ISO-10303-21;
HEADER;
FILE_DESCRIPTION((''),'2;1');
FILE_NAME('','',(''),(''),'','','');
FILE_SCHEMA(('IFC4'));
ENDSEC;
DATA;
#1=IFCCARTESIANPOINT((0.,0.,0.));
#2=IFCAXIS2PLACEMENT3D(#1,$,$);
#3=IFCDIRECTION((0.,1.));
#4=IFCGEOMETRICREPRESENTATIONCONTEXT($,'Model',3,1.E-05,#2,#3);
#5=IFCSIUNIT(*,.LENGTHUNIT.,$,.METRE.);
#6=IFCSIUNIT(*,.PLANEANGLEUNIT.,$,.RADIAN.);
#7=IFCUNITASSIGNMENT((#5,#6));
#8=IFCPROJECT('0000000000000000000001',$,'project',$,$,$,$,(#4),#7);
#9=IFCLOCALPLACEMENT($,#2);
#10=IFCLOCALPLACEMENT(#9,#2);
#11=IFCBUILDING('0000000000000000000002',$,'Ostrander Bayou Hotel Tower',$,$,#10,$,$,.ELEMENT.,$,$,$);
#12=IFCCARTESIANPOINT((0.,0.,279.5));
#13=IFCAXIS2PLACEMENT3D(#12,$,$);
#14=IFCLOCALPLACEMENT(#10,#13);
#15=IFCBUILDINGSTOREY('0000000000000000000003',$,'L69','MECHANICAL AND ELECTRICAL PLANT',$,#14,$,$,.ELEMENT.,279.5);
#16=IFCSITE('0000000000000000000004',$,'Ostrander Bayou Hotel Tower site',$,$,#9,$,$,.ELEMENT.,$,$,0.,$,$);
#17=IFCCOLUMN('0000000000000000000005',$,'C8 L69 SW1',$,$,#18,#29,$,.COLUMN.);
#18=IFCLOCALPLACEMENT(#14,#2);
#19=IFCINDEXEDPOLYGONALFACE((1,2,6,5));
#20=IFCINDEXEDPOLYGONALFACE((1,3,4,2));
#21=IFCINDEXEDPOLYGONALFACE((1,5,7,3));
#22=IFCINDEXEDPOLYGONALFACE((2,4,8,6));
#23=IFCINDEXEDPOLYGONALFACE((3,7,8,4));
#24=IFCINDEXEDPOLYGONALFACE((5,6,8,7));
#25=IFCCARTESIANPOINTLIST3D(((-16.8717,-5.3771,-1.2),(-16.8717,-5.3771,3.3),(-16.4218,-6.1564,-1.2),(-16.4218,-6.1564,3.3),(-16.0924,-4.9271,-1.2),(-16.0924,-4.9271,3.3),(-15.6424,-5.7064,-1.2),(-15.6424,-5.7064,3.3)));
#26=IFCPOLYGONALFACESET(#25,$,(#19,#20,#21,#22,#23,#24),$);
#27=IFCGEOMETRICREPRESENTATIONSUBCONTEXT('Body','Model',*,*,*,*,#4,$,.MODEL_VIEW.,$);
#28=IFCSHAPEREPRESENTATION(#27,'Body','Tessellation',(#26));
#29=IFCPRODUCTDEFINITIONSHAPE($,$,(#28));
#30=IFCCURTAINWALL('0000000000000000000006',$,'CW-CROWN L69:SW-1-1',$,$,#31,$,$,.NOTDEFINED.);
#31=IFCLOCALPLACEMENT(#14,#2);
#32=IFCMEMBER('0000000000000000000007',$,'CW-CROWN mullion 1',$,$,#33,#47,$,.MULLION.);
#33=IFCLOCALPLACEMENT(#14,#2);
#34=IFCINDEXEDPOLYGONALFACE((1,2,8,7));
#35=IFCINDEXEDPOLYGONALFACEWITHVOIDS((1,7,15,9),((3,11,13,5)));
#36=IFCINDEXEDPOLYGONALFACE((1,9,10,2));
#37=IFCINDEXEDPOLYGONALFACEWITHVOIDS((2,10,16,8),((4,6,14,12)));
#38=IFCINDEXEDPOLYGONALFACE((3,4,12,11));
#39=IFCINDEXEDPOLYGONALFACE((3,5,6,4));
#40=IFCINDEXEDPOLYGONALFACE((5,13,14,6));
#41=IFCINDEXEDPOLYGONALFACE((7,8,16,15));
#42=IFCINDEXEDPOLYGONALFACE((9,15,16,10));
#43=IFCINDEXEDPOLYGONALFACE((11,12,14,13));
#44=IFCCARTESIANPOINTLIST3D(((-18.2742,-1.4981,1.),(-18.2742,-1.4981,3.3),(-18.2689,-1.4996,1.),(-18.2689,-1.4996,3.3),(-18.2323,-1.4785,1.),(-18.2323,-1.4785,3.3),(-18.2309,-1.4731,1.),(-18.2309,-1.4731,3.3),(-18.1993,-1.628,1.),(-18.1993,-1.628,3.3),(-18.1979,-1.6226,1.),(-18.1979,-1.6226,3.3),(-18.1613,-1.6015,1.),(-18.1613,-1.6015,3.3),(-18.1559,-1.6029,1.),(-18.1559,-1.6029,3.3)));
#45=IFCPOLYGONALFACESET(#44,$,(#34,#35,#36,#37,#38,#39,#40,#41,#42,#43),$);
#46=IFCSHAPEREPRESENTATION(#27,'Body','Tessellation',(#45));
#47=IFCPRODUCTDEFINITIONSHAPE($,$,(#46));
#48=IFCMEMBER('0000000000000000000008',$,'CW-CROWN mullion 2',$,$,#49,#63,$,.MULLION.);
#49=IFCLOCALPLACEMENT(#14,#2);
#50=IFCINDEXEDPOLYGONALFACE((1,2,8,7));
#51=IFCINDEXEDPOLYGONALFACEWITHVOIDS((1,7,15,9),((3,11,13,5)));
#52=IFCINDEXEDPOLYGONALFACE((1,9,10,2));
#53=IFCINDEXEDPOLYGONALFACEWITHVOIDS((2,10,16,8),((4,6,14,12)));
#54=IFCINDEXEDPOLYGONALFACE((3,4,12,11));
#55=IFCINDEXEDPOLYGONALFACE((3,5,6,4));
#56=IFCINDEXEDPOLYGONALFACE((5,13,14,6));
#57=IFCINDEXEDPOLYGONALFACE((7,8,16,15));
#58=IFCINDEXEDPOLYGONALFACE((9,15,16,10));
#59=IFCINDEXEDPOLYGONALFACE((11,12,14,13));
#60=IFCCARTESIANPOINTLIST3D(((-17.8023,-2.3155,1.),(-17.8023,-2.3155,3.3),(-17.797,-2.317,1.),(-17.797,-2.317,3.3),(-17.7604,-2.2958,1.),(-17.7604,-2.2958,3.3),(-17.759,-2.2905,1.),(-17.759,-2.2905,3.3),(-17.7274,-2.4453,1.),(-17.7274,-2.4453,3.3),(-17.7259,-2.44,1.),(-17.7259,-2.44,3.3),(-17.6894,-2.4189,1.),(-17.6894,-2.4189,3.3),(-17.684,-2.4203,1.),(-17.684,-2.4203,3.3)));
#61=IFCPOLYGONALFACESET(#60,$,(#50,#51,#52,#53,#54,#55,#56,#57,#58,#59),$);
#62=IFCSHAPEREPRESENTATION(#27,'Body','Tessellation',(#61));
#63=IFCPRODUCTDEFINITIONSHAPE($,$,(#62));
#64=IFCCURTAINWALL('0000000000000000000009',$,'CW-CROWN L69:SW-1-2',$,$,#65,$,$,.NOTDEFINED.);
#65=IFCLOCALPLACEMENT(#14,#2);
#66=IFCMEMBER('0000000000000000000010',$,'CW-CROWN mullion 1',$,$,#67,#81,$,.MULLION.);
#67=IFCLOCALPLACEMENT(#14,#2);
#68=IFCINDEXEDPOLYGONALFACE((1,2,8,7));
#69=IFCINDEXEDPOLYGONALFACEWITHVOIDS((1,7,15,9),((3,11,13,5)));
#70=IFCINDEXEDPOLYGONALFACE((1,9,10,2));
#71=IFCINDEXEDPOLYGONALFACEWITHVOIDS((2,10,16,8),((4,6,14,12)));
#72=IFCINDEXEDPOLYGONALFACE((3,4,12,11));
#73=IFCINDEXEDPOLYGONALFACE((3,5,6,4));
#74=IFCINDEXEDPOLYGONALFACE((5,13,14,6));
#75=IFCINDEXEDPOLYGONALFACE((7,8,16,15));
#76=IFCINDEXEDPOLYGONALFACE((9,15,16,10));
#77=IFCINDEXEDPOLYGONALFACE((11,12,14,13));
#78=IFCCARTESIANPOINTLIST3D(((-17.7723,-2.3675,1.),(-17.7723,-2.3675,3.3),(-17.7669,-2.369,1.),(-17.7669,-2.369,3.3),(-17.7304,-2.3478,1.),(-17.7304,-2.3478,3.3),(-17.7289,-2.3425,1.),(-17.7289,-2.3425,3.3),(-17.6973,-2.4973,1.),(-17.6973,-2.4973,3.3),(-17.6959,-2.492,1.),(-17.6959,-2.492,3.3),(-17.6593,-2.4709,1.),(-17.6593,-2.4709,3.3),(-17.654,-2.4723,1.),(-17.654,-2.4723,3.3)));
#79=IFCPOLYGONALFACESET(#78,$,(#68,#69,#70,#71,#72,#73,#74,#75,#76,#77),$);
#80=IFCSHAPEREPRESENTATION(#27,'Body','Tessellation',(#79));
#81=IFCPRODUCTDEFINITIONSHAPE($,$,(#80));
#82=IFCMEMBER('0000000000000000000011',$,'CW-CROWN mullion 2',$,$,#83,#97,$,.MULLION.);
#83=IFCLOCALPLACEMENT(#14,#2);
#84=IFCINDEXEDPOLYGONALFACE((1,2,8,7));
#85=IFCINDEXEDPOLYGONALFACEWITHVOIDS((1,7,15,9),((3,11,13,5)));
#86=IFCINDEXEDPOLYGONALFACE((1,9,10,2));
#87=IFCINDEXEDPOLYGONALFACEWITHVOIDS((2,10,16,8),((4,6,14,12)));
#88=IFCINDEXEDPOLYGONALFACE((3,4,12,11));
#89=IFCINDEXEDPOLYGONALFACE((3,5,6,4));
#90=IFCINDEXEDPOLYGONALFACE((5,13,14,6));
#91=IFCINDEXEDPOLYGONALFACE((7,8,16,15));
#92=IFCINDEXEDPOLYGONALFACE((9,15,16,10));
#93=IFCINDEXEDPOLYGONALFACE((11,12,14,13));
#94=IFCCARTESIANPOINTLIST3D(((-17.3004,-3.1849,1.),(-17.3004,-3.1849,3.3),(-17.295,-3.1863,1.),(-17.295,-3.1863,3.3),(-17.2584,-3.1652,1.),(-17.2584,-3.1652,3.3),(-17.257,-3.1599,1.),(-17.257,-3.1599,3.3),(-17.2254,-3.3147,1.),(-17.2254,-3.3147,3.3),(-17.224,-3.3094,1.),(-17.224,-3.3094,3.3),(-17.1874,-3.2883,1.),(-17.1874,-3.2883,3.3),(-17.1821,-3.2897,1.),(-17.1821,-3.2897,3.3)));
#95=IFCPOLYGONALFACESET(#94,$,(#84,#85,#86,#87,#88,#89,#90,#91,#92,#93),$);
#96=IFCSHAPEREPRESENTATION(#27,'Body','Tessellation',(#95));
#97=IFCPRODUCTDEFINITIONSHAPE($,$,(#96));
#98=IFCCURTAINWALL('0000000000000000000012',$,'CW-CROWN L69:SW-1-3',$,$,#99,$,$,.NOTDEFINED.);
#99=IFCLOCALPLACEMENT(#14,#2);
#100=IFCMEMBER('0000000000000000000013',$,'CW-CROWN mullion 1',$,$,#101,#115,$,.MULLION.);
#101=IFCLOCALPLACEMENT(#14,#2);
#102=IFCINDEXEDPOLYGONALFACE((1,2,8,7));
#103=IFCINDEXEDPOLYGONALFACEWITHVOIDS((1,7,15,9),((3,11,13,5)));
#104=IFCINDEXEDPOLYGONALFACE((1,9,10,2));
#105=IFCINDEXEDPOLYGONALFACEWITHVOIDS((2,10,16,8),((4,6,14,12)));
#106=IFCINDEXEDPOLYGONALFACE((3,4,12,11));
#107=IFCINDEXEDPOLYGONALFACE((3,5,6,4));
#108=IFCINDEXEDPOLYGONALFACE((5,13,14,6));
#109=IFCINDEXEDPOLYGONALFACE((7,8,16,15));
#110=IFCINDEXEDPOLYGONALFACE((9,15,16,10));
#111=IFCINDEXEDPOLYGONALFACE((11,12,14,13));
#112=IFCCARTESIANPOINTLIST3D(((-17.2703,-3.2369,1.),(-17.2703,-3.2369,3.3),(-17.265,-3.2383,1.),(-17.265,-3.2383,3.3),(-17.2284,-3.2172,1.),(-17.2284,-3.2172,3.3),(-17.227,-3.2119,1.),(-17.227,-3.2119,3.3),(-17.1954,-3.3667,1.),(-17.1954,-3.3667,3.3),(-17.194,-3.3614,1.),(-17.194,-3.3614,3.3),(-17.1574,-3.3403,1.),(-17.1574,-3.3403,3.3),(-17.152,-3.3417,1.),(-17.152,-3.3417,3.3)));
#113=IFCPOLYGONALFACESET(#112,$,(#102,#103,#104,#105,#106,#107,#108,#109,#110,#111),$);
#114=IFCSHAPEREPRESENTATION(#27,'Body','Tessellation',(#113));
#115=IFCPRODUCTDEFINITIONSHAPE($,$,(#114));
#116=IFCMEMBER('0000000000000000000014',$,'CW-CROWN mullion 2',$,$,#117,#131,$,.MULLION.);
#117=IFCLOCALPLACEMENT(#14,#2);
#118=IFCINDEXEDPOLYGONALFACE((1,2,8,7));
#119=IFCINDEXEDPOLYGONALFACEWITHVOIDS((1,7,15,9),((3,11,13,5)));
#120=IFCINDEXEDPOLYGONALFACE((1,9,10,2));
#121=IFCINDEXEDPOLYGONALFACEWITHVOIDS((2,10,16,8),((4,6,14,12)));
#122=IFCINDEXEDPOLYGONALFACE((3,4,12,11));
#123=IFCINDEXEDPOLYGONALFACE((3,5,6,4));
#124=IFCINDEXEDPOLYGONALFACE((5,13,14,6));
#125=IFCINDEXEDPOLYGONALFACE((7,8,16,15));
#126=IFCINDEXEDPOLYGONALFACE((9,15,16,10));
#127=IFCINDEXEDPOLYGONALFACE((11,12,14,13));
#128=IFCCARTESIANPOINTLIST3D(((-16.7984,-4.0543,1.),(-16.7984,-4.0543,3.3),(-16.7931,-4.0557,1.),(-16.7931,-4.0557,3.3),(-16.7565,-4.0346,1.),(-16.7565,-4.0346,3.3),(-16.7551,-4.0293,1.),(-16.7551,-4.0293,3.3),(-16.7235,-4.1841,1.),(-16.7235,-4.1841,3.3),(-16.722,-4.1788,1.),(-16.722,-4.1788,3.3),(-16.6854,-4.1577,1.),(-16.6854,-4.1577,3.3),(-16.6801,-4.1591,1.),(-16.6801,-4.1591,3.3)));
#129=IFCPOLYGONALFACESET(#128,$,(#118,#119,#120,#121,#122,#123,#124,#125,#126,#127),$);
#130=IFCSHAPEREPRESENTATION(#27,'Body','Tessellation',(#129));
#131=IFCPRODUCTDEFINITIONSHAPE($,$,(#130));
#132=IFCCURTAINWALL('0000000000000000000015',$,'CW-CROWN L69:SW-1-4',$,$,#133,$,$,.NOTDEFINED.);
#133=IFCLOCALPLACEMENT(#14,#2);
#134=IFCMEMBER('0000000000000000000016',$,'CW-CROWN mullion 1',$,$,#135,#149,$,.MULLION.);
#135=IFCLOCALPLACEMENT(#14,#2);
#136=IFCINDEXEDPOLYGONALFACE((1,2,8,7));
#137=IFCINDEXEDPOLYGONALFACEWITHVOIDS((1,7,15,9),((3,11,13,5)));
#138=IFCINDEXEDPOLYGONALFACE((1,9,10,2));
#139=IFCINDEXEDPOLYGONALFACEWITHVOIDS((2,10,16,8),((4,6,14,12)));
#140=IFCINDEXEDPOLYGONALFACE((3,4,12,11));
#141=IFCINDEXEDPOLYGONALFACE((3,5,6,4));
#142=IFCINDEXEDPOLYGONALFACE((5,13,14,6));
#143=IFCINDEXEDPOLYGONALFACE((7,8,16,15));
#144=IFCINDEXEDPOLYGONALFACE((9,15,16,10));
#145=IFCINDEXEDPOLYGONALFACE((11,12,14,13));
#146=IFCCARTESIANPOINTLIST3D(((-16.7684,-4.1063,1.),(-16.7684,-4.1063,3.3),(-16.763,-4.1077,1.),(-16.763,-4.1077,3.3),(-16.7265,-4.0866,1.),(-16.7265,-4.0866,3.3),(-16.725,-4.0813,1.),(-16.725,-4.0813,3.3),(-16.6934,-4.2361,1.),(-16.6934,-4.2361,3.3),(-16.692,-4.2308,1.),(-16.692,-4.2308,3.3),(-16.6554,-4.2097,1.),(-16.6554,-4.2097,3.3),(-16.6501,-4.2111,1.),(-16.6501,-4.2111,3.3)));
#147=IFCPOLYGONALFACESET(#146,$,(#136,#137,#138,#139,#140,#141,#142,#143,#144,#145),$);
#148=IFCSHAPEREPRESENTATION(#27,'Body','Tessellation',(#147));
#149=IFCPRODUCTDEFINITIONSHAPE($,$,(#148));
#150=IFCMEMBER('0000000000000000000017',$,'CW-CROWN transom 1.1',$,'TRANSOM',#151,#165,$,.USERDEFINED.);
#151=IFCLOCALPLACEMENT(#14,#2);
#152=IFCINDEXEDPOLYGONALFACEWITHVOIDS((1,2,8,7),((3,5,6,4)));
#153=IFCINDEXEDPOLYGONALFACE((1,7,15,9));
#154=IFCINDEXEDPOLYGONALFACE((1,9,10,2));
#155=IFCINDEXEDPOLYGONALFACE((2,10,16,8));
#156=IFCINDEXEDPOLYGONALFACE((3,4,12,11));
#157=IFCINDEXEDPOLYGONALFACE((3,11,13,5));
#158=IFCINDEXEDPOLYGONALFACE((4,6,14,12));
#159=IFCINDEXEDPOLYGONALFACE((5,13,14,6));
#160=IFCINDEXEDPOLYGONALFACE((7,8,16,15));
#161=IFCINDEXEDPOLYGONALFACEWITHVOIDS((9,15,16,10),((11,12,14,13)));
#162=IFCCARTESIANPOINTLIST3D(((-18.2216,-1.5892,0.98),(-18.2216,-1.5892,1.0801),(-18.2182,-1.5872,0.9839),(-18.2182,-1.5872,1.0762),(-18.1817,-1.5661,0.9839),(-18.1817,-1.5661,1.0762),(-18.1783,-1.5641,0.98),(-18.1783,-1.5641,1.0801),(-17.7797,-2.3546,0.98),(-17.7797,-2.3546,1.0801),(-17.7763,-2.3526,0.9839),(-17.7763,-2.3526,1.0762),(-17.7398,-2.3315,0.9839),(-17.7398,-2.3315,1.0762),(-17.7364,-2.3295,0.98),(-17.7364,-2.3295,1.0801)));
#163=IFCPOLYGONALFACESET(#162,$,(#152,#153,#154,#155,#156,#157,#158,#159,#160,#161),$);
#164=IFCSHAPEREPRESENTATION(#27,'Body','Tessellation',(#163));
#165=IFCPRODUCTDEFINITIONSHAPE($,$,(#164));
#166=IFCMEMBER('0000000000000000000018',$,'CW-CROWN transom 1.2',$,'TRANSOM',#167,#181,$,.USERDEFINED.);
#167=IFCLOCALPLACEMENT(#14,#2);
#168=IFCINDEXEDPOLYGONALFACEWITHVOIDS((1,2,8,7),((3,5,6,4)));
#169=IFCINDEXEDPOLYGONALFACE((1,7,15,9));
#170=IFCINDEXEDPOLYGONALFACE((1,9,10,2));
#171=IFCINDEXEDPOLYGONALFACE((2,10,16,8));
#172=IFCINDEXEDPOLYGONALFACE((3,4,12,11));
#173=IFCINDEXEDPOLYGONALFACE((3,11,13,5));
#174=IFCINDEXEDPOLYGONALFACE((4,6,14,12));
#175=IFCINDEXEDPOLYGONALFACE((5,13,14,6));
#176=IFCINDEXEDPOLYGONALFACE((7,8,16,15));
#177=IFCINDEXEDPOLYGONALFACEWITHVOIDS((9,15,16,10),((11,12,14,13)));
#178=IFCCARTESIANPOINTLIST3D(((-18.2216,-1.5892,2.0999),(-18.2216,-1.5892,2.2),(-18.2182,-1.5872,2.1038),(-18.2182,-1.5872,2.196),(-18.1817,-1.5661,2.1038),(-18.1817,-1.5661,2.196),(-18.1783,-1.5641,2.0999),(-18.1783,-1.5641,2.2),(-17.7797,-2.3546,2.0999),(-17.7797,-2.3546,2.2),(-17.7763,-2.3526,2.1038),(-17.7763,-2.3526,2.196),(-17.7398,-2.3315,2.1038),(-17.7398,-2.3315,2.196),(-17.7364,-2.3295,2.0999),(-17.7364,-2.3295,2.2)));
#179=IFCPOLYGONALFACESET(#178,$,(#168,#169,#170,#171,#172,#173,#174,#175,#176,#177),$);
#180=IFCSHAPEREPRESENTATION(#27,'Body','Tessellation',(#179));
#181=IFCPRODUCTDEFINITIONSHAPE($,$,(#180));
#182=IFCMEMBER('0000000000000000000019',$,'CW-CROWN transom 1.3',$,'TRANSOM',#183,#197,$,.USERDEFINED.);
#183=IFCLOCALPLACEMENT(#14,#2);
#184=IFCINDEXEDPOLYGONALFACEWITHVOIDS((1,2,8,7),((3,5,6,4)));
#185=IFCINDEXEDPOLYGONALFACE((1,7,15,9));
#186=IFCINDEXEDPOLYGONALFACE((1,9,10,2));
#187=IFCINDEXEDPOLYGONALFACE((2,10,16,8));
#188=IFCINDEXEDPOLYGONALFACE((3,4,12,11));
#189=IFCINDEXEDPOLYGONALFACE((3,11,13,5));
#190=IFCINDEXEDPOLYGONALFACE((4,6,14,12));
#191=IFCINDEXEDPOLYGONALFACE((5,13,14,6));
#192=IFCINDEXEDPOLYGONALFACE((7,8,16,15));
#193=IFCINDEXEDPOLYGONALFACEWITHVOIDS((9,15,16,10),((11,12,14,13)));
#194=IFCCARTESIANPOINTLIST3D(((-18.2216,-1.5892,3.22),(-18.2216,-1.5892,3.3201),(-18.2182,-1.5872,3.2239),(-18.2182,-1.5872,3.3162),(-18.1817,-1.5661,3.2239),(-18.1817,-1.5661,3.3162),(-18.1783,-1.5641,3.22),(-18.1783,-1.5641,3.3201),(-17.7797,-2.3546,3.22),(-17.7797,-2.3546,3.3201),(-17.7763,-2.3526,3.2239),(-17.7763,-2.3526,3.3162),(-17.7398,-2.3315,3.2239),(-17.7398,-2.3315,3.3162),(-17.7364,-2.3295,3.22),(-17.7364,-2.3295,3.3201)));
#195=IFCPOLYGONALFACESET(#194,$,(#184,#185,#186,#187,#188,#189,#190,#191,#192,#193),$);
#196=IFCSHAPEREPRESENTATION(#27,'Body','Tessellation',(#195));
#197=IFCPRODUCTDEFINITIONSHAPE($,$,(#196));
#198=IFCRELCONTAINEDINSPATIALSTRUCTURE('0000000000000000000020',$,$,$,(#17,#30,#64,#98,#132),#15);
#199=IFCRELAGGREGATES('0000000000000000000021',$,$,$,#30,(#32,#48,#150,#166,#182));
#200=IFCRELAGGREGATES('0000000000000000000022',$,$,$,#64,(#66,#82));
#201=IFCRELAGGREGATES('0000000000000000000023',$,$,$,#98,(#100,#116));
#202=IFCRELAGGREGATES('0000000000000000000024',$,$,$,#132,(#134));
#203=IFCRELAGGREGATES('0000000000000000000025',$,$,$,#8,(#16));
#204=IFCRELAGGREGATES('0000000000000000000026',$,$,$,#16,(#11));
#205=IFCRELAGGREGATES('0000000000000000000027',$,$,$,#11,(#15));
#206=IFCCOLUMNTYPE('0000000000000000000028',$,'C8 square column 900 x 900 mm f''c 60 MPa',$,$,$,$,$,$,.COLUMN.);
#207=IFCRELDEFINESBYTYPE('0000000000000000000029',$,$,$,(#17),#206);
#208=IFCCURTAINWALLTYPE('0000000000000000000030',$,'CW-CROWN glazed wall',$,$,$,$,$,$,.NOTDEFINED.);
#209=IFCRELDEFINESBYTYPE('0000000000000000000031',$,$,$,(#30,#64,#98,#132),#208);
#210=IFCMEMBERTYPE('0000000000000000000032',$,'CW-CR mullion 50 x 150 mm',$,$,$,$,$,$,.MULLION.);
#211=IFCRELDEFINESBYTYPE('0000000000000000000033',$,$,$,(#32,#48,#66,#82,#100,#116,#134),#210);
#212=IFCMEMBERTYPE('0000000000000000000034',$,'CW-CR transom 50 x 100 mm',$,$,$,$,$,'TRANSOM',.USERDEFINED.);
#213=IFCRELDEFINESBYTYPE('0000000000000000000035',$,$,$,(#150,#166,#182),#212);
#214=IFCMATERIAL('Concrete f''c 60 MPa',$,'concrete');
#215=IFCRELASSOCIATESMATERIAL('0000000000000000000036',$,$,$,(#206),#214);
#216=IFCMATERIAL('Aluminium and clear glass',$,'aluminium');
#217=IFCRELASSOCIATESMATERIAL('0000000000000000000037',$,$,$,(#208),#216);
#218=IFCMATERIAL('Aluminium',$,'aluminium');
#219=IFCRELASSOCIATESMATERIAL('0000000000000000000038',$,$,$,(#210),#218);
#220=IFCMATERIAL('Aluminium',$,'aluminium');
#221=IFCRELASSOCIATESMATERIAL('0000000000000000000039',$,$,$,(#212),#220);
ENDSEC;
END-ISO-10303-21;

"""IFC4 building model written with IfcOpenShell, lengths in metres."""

from ifc_helpers import new_model, si_unit, direction, frame, origin, origin_2d, place, context, subcontext, project, spatial, rectangle, hollow_rectangle, extrude, material, material_profile, profile_set, type_object, element, aggregate, save


model = new_model("IFC4")

# Units and contexts
model_context = context("Model", 3, precision=1e-05, world=origin(), true_north=direction((0.0, 1.0)))
body_context = subcontext(model_context, "Body", "Model", "MODEL_VIEW")
ifc_project = project(units=[si_unit("LENGTHUNIT", "METRE"), si_unit("PLANEANGLEUNIT", "RADIAN")], contexts=[model_context])

# Site, building, storey
site_placement = place(None, origin())
site = spatial("IfcSite", under=ifc_project, at=site_placement, Name="Ostrander Bayou Hotel Tower site", CompositionType="ELEMENT", RefElevation=0.0)
building_placement = place(site_placement, origin())
building = spatial("IfcBuilding", under=site, at=building_placement, Name="Ostrander Bayou Hotel Tower", CompositionType="ELEMENT")
storey_placement = place(building_placement, frame((0.0, 0.0, 279.5)))
storey = spatial("IfcBuildingStorey", under=building, at=storey_placement, Name="L69", Description="MECHANICAL AND ELECTRICAL PLANT", CompositionType="ELEMENT", Elevation=279.5)

# Column
ifc_material_1 = material(Name="Concrete f'c 60 MPa", Category="concrete")
ifc_material_profile_1 = material_profile(ifc_material_1, rectangle(XDim=0.8999, YDim=0.8999, at=origin_2d()))
ifc_profile_set_1 = profile_set([ifc_material_profile_1], Name="Concrete f'c 60 MPa")
column_type = type_object("IfcColumnType", Name="C8 square column 900 x 900 mm f'c 60 MPa", PredefinedType="COLUMN", material=ifc_profile_set_1)
column_placement = place(storey_placement, frame((-16.2571, -5.5417, -1.2), z_axis=(0.0, 0.0, 1.0), x_axis=(-0.5, 0.866025, 0.0)))
element("IfcColumn", 1, at=column_placement, inside=storey, type_object=column_type, Name="C8 L69 SW1", PredefinedType="COLUMN", context=body_context, shape_type="SweptSolid", body=[
    extrude(rectangle(XDim=0.8999, YDim=0.8999, at=origin_2d()), origin(), (0.0, 0.0, 1.0), 4.5),
])

# Curtain walls, members
ifc_material_2 = material(Name="Aluminium and clear glass", Category="aluminium")
curtain_wall_type = type_object("IfcCurtainWallType", Name="CW-CROWN glazed wall", PredefinedType="NOTDEFINED", material=ifc_material_2)
curtain_wall_1_placement = place(storey_placement, origin())
curtain_wall_1 = element("IfcCurtainWall", 2, at=curtain_wall_1_placement, inside=storey, type_object=curtain_wall_type, Name="CW-CROWN L69:SW-1-1", PredefinedType="NOTDEFINED")
ifc_material_3 = material(Name="Aluminium", Category="aluminium")
ifc_material_profile_2 = material_profile(ifc_material_3, hollow_rectangle(XDim=0.05, YDim=0.1499, WallThickness=0.0039, at=origin_2d()))
ifc_profile_set_2 = profile_set([ifc_material_profile_2], Name="Aluminium")
member_type_1 = type_object("IfcMemberType", Name="CW-CR mullion 50 x 150 mm", PredefinedType="MULLION", material=ifc_profile_set_2)
member_1_placement = place(storey_placement, frame((-18.2151, -1.5505, 1.0), z_axis=(0.0, 0.0, 1.0), x_axis=(0.866046, 0.499964, 0.0)))
member_1 = element("IfcMember", 3, at=member_1_placement, type_object=member_type_1, Name="CW-CROWN mullion 1", PredefinedType="MULLION", context=body_context, shape_type="SweptSolid", body=[
    extrude(hollow_rectangle(XDim=0.05, YDim=0.1499, WallThickness=0.0039, at=origin_2d()), origin(), (0.0, 0.0, 1.0), 2.3),
])
member_2_placement = place(storey_placement, frame((-17.7432, -2.3679, 1.0), z_axis=(0.0, 0.0, 1.0), x_axis=(0.866046, 0.499964, 0.0)))
member_2 = element("IfcMember", 4, at=member_2_placement, type_object=member_type_1, Name="CW-CROWN mullion 2", PredefinedType="MULLION", context=body_context, shape_type="SweptSolid", body=[
    extrude(hollow_rectangle(XDim=0.05, YDim=0.1499, WallThickness=0.0039, at=origin_2d()), origin(), (0.0, 0.0, 1.0), 2.3),
])
curtain_wall_2_placement = place(storey_placement, origin())
curtain_wall_2 = element("IfcCurtainWall", 5, at=curtain_wall_2_placement, inside=storey, type_object=curtain_wall_type, Name="CW-CROWN L69:SW-1-2", PredefinedType="NOTDEFINED")
member_3_placement = place(storey_placement, frame((-17.7131, -2.4199, 1.0), z_axis=(0.0, 0.0, 1.0), x_axis=(0.866021, 0.500007, 0.0)))
member_3 = element("IfcMember", 6, at=member_3_placement, type_object=member_type_1, Name="CW-CROWN mullion 1", PredefinedType="MULLION", context=body_context, shape_type="SweptSolid", body=[
    extrude(hollow_rectangle(XDim=0.05, YDim=0.1499, WallThickness=0.0039, at=origin_2d()), origin(), (0.0, 0.0, 1.0), 2.3),
])
member_4_placement = place(storey_placement, frame((-17.2412, -3.2373, 1.0), z_axis=(0.0, 0.0, 1.0), x_axis=(0.866021, 0.500007, 0.0)))
member_4 = element("IfcMember", 7, at=member_4_placement, type_object=member_type_1, Name="CW-CROWN mullion 2", PredefinedType="MULLION", context=body_context, shape_type="SweptSolid", body=[
    extrude(hollow_rectangle(XDim=0.05, YDim=0.1499, WallThickness=0.0039, at=origin_2d()), origin(), (0.0, 0.0, 1.0), 2.3),
])
curtain_wall_3_placement = place(storey_placement, origin())
curtain_wall_3 = element("IfcCurtainWall", 8, at=curtain_wall_3_placement, inside=storey, type_object=curtain_wall_type, Name="CW-CROWN L69:SW-1-3", PredefinedType="NOTDEFINED")
member_5_placement = place(storey_placement, frame((-17.2112, -3.2893, 1.0), z_axis=(0.0, 0.0, 1.0), x_axis=(0.866046, 0.499964, 0.0)))
member_5 = element("IfcMember", 9, at=member_5_placement, type_object=member_type_1, Name="CW-CROWN mullion 1", PredefinedType="MULLION", context=body_context, shape_type="SweptSolid", body=[
    extrude(hollow_rectangle(XDim=0.05, YDim=0.1499, WallThickness=0.0039, at=origin_2d()), origin(), (0.0, 0.0, 1.0), 2.3),
])
member_6_placement = place(storey_placement, frame((-16.7393, -4.1067, 1.0), z_axis=(0.0, 0.0, 1.0), x_axis=(0.866046, 0.499964, 0.0)))
member_6 = element("IfcMember", 10, at=member_6_placement, type_object=member_type_1, Name="CW-CROWN mullion 2", PredefinedType="MULLION", context=body_context, shape_type="SweptSolid", body=[
    extrude(hollow_rectangle(XDim=0.05, YDim=0.1499, WallThickness=0.0039, at=origin_2d()), origin(), (0.0, 0.0, 1.0), 2.3),
])

# Curtain wall, member
curtain_wall_4_placement = place(storey_placement, origin())
curtain_wall_4 = element("IfcCurtainWall", 11, at=curtain_wall_4_placement, inside=storey, type_object=curtain_wall_type, Name="CW-CROWN L69:SW-1-4", PredefinedType="NOTDEFINED")
member_7_placement = place(storey_placement, frame((-16.7092, -4.1587, 1.0), z_axis=(0.0, 0.0, 1.0), x_axis=(0.866021, 0.500007, 0.0)))
member_7 = element("IfcMember", 12, at=member_7_placement, type_object=member_type_1, Name="CW-CROWN mullion 1", PredefinedType="MULLION", context=body_context, shape_type="SweptSolid", body=[
    extrude(hollow_rectangle(XDim=0.05, YDim=0.1499, WallThickness=0.0039, at=origin_2d()), origin(), (0.0, 0.0, 1.0), 2.3),
])

# Members
ifc_material_4 = material(Name="Aluminium", Category="aluminium")
ifc_material_profile_3 = material_profile(ifc_material_4, hollow_rectangle(XDim=0.05, YDim=0.1001, WallThickness=0.0039, at=origin_2d()))
ifc_profile_set_3 = profile_set([ifc_material_profile_3], Name="Aluminium")
member_type_2 = type_object("IfcMemberType", Name="CW-CR transom 50 x 100 mm", ElementType="TRANSOM", PredefinedType="USERDEFINED", material=ifc_profile_set_3)
member_8_placement = place(storey_placement, frame((-18.2, -1.5767, 1.03), z_axis=(0.500001, -0.866025, 0.0), x_axis=(0.866025, 0.500001, 0.0)))
member_8 = element("IfcMember", 13, at=member_8_placement, type_object=member_type_2, Name="CW-CROWN transom 1.1", ObjectType="TRANSOM", PredefinedType="USERDEFINED", context=body_context, shape_type="SweptSolid", body=[
    extrude(hollow_rectangle(XDim=0.05, YDim=0.1001, WallThickness=0.0039, at=origin_2d()), origin(), (0.0, 0.0, 1.0), 0.8838),
])
member_9_placement = place(storey_placement, frame((-18.2, -1.5767, 2.1499), z_axis=(0.500001, -0.866025, 0.0), x_axis=(0.866025, 0.500001, 0.0)))
member_9 = element("IfcMember", 14, at=member_9_placement, type_object=member_type_2, Name="CW-CROWN transom 1.2", ObjectType="TRANSOM", PredefinedType="USERDEFINED", context=body_context, shape_type="SweptSolid", body=[
    extrude(hollow_rectangle(XDim=0.05, YDim=0.1001, WallThickness=0.0039, at=origin_2d()), origin(), (0.0, 0.0, 1.0), 0.8838),
])
member_10_placement = place(storey_placement, frame((-18.2, -1.5767, 3.27), z_axis=(0.500001, -0.866025, 0.0), x_axis=(0.866025, 0.500001, 0.0)))
member_10 = element("IfcMember", 15, at=member_10_placement, type_object=member_type_2, Name="CW-CROWN transom 1.3", ObjectType="TRANSOM", PredefinedType="USERDEFINED", context=body_context, shape_type="SweptSolid", body=[
    extrude(hollow_rectangle(XDim=0.05, YDim=0.1001, WallThickness=0.0039, at=origin_2d()), origin(), (0.0, 0.0, 1.0), 0.8838),
])

aggregate(curtain_wall_1, [member_1, member_2, member_8, member_9, member_10])
aggregate(curtain_wall_2, [member_3, member_4])
aggregate(curtain_wall_3, [member_5, member_6])
aggregate(curtain_wall_4, [member_7])

save(model, "model.ifc")
